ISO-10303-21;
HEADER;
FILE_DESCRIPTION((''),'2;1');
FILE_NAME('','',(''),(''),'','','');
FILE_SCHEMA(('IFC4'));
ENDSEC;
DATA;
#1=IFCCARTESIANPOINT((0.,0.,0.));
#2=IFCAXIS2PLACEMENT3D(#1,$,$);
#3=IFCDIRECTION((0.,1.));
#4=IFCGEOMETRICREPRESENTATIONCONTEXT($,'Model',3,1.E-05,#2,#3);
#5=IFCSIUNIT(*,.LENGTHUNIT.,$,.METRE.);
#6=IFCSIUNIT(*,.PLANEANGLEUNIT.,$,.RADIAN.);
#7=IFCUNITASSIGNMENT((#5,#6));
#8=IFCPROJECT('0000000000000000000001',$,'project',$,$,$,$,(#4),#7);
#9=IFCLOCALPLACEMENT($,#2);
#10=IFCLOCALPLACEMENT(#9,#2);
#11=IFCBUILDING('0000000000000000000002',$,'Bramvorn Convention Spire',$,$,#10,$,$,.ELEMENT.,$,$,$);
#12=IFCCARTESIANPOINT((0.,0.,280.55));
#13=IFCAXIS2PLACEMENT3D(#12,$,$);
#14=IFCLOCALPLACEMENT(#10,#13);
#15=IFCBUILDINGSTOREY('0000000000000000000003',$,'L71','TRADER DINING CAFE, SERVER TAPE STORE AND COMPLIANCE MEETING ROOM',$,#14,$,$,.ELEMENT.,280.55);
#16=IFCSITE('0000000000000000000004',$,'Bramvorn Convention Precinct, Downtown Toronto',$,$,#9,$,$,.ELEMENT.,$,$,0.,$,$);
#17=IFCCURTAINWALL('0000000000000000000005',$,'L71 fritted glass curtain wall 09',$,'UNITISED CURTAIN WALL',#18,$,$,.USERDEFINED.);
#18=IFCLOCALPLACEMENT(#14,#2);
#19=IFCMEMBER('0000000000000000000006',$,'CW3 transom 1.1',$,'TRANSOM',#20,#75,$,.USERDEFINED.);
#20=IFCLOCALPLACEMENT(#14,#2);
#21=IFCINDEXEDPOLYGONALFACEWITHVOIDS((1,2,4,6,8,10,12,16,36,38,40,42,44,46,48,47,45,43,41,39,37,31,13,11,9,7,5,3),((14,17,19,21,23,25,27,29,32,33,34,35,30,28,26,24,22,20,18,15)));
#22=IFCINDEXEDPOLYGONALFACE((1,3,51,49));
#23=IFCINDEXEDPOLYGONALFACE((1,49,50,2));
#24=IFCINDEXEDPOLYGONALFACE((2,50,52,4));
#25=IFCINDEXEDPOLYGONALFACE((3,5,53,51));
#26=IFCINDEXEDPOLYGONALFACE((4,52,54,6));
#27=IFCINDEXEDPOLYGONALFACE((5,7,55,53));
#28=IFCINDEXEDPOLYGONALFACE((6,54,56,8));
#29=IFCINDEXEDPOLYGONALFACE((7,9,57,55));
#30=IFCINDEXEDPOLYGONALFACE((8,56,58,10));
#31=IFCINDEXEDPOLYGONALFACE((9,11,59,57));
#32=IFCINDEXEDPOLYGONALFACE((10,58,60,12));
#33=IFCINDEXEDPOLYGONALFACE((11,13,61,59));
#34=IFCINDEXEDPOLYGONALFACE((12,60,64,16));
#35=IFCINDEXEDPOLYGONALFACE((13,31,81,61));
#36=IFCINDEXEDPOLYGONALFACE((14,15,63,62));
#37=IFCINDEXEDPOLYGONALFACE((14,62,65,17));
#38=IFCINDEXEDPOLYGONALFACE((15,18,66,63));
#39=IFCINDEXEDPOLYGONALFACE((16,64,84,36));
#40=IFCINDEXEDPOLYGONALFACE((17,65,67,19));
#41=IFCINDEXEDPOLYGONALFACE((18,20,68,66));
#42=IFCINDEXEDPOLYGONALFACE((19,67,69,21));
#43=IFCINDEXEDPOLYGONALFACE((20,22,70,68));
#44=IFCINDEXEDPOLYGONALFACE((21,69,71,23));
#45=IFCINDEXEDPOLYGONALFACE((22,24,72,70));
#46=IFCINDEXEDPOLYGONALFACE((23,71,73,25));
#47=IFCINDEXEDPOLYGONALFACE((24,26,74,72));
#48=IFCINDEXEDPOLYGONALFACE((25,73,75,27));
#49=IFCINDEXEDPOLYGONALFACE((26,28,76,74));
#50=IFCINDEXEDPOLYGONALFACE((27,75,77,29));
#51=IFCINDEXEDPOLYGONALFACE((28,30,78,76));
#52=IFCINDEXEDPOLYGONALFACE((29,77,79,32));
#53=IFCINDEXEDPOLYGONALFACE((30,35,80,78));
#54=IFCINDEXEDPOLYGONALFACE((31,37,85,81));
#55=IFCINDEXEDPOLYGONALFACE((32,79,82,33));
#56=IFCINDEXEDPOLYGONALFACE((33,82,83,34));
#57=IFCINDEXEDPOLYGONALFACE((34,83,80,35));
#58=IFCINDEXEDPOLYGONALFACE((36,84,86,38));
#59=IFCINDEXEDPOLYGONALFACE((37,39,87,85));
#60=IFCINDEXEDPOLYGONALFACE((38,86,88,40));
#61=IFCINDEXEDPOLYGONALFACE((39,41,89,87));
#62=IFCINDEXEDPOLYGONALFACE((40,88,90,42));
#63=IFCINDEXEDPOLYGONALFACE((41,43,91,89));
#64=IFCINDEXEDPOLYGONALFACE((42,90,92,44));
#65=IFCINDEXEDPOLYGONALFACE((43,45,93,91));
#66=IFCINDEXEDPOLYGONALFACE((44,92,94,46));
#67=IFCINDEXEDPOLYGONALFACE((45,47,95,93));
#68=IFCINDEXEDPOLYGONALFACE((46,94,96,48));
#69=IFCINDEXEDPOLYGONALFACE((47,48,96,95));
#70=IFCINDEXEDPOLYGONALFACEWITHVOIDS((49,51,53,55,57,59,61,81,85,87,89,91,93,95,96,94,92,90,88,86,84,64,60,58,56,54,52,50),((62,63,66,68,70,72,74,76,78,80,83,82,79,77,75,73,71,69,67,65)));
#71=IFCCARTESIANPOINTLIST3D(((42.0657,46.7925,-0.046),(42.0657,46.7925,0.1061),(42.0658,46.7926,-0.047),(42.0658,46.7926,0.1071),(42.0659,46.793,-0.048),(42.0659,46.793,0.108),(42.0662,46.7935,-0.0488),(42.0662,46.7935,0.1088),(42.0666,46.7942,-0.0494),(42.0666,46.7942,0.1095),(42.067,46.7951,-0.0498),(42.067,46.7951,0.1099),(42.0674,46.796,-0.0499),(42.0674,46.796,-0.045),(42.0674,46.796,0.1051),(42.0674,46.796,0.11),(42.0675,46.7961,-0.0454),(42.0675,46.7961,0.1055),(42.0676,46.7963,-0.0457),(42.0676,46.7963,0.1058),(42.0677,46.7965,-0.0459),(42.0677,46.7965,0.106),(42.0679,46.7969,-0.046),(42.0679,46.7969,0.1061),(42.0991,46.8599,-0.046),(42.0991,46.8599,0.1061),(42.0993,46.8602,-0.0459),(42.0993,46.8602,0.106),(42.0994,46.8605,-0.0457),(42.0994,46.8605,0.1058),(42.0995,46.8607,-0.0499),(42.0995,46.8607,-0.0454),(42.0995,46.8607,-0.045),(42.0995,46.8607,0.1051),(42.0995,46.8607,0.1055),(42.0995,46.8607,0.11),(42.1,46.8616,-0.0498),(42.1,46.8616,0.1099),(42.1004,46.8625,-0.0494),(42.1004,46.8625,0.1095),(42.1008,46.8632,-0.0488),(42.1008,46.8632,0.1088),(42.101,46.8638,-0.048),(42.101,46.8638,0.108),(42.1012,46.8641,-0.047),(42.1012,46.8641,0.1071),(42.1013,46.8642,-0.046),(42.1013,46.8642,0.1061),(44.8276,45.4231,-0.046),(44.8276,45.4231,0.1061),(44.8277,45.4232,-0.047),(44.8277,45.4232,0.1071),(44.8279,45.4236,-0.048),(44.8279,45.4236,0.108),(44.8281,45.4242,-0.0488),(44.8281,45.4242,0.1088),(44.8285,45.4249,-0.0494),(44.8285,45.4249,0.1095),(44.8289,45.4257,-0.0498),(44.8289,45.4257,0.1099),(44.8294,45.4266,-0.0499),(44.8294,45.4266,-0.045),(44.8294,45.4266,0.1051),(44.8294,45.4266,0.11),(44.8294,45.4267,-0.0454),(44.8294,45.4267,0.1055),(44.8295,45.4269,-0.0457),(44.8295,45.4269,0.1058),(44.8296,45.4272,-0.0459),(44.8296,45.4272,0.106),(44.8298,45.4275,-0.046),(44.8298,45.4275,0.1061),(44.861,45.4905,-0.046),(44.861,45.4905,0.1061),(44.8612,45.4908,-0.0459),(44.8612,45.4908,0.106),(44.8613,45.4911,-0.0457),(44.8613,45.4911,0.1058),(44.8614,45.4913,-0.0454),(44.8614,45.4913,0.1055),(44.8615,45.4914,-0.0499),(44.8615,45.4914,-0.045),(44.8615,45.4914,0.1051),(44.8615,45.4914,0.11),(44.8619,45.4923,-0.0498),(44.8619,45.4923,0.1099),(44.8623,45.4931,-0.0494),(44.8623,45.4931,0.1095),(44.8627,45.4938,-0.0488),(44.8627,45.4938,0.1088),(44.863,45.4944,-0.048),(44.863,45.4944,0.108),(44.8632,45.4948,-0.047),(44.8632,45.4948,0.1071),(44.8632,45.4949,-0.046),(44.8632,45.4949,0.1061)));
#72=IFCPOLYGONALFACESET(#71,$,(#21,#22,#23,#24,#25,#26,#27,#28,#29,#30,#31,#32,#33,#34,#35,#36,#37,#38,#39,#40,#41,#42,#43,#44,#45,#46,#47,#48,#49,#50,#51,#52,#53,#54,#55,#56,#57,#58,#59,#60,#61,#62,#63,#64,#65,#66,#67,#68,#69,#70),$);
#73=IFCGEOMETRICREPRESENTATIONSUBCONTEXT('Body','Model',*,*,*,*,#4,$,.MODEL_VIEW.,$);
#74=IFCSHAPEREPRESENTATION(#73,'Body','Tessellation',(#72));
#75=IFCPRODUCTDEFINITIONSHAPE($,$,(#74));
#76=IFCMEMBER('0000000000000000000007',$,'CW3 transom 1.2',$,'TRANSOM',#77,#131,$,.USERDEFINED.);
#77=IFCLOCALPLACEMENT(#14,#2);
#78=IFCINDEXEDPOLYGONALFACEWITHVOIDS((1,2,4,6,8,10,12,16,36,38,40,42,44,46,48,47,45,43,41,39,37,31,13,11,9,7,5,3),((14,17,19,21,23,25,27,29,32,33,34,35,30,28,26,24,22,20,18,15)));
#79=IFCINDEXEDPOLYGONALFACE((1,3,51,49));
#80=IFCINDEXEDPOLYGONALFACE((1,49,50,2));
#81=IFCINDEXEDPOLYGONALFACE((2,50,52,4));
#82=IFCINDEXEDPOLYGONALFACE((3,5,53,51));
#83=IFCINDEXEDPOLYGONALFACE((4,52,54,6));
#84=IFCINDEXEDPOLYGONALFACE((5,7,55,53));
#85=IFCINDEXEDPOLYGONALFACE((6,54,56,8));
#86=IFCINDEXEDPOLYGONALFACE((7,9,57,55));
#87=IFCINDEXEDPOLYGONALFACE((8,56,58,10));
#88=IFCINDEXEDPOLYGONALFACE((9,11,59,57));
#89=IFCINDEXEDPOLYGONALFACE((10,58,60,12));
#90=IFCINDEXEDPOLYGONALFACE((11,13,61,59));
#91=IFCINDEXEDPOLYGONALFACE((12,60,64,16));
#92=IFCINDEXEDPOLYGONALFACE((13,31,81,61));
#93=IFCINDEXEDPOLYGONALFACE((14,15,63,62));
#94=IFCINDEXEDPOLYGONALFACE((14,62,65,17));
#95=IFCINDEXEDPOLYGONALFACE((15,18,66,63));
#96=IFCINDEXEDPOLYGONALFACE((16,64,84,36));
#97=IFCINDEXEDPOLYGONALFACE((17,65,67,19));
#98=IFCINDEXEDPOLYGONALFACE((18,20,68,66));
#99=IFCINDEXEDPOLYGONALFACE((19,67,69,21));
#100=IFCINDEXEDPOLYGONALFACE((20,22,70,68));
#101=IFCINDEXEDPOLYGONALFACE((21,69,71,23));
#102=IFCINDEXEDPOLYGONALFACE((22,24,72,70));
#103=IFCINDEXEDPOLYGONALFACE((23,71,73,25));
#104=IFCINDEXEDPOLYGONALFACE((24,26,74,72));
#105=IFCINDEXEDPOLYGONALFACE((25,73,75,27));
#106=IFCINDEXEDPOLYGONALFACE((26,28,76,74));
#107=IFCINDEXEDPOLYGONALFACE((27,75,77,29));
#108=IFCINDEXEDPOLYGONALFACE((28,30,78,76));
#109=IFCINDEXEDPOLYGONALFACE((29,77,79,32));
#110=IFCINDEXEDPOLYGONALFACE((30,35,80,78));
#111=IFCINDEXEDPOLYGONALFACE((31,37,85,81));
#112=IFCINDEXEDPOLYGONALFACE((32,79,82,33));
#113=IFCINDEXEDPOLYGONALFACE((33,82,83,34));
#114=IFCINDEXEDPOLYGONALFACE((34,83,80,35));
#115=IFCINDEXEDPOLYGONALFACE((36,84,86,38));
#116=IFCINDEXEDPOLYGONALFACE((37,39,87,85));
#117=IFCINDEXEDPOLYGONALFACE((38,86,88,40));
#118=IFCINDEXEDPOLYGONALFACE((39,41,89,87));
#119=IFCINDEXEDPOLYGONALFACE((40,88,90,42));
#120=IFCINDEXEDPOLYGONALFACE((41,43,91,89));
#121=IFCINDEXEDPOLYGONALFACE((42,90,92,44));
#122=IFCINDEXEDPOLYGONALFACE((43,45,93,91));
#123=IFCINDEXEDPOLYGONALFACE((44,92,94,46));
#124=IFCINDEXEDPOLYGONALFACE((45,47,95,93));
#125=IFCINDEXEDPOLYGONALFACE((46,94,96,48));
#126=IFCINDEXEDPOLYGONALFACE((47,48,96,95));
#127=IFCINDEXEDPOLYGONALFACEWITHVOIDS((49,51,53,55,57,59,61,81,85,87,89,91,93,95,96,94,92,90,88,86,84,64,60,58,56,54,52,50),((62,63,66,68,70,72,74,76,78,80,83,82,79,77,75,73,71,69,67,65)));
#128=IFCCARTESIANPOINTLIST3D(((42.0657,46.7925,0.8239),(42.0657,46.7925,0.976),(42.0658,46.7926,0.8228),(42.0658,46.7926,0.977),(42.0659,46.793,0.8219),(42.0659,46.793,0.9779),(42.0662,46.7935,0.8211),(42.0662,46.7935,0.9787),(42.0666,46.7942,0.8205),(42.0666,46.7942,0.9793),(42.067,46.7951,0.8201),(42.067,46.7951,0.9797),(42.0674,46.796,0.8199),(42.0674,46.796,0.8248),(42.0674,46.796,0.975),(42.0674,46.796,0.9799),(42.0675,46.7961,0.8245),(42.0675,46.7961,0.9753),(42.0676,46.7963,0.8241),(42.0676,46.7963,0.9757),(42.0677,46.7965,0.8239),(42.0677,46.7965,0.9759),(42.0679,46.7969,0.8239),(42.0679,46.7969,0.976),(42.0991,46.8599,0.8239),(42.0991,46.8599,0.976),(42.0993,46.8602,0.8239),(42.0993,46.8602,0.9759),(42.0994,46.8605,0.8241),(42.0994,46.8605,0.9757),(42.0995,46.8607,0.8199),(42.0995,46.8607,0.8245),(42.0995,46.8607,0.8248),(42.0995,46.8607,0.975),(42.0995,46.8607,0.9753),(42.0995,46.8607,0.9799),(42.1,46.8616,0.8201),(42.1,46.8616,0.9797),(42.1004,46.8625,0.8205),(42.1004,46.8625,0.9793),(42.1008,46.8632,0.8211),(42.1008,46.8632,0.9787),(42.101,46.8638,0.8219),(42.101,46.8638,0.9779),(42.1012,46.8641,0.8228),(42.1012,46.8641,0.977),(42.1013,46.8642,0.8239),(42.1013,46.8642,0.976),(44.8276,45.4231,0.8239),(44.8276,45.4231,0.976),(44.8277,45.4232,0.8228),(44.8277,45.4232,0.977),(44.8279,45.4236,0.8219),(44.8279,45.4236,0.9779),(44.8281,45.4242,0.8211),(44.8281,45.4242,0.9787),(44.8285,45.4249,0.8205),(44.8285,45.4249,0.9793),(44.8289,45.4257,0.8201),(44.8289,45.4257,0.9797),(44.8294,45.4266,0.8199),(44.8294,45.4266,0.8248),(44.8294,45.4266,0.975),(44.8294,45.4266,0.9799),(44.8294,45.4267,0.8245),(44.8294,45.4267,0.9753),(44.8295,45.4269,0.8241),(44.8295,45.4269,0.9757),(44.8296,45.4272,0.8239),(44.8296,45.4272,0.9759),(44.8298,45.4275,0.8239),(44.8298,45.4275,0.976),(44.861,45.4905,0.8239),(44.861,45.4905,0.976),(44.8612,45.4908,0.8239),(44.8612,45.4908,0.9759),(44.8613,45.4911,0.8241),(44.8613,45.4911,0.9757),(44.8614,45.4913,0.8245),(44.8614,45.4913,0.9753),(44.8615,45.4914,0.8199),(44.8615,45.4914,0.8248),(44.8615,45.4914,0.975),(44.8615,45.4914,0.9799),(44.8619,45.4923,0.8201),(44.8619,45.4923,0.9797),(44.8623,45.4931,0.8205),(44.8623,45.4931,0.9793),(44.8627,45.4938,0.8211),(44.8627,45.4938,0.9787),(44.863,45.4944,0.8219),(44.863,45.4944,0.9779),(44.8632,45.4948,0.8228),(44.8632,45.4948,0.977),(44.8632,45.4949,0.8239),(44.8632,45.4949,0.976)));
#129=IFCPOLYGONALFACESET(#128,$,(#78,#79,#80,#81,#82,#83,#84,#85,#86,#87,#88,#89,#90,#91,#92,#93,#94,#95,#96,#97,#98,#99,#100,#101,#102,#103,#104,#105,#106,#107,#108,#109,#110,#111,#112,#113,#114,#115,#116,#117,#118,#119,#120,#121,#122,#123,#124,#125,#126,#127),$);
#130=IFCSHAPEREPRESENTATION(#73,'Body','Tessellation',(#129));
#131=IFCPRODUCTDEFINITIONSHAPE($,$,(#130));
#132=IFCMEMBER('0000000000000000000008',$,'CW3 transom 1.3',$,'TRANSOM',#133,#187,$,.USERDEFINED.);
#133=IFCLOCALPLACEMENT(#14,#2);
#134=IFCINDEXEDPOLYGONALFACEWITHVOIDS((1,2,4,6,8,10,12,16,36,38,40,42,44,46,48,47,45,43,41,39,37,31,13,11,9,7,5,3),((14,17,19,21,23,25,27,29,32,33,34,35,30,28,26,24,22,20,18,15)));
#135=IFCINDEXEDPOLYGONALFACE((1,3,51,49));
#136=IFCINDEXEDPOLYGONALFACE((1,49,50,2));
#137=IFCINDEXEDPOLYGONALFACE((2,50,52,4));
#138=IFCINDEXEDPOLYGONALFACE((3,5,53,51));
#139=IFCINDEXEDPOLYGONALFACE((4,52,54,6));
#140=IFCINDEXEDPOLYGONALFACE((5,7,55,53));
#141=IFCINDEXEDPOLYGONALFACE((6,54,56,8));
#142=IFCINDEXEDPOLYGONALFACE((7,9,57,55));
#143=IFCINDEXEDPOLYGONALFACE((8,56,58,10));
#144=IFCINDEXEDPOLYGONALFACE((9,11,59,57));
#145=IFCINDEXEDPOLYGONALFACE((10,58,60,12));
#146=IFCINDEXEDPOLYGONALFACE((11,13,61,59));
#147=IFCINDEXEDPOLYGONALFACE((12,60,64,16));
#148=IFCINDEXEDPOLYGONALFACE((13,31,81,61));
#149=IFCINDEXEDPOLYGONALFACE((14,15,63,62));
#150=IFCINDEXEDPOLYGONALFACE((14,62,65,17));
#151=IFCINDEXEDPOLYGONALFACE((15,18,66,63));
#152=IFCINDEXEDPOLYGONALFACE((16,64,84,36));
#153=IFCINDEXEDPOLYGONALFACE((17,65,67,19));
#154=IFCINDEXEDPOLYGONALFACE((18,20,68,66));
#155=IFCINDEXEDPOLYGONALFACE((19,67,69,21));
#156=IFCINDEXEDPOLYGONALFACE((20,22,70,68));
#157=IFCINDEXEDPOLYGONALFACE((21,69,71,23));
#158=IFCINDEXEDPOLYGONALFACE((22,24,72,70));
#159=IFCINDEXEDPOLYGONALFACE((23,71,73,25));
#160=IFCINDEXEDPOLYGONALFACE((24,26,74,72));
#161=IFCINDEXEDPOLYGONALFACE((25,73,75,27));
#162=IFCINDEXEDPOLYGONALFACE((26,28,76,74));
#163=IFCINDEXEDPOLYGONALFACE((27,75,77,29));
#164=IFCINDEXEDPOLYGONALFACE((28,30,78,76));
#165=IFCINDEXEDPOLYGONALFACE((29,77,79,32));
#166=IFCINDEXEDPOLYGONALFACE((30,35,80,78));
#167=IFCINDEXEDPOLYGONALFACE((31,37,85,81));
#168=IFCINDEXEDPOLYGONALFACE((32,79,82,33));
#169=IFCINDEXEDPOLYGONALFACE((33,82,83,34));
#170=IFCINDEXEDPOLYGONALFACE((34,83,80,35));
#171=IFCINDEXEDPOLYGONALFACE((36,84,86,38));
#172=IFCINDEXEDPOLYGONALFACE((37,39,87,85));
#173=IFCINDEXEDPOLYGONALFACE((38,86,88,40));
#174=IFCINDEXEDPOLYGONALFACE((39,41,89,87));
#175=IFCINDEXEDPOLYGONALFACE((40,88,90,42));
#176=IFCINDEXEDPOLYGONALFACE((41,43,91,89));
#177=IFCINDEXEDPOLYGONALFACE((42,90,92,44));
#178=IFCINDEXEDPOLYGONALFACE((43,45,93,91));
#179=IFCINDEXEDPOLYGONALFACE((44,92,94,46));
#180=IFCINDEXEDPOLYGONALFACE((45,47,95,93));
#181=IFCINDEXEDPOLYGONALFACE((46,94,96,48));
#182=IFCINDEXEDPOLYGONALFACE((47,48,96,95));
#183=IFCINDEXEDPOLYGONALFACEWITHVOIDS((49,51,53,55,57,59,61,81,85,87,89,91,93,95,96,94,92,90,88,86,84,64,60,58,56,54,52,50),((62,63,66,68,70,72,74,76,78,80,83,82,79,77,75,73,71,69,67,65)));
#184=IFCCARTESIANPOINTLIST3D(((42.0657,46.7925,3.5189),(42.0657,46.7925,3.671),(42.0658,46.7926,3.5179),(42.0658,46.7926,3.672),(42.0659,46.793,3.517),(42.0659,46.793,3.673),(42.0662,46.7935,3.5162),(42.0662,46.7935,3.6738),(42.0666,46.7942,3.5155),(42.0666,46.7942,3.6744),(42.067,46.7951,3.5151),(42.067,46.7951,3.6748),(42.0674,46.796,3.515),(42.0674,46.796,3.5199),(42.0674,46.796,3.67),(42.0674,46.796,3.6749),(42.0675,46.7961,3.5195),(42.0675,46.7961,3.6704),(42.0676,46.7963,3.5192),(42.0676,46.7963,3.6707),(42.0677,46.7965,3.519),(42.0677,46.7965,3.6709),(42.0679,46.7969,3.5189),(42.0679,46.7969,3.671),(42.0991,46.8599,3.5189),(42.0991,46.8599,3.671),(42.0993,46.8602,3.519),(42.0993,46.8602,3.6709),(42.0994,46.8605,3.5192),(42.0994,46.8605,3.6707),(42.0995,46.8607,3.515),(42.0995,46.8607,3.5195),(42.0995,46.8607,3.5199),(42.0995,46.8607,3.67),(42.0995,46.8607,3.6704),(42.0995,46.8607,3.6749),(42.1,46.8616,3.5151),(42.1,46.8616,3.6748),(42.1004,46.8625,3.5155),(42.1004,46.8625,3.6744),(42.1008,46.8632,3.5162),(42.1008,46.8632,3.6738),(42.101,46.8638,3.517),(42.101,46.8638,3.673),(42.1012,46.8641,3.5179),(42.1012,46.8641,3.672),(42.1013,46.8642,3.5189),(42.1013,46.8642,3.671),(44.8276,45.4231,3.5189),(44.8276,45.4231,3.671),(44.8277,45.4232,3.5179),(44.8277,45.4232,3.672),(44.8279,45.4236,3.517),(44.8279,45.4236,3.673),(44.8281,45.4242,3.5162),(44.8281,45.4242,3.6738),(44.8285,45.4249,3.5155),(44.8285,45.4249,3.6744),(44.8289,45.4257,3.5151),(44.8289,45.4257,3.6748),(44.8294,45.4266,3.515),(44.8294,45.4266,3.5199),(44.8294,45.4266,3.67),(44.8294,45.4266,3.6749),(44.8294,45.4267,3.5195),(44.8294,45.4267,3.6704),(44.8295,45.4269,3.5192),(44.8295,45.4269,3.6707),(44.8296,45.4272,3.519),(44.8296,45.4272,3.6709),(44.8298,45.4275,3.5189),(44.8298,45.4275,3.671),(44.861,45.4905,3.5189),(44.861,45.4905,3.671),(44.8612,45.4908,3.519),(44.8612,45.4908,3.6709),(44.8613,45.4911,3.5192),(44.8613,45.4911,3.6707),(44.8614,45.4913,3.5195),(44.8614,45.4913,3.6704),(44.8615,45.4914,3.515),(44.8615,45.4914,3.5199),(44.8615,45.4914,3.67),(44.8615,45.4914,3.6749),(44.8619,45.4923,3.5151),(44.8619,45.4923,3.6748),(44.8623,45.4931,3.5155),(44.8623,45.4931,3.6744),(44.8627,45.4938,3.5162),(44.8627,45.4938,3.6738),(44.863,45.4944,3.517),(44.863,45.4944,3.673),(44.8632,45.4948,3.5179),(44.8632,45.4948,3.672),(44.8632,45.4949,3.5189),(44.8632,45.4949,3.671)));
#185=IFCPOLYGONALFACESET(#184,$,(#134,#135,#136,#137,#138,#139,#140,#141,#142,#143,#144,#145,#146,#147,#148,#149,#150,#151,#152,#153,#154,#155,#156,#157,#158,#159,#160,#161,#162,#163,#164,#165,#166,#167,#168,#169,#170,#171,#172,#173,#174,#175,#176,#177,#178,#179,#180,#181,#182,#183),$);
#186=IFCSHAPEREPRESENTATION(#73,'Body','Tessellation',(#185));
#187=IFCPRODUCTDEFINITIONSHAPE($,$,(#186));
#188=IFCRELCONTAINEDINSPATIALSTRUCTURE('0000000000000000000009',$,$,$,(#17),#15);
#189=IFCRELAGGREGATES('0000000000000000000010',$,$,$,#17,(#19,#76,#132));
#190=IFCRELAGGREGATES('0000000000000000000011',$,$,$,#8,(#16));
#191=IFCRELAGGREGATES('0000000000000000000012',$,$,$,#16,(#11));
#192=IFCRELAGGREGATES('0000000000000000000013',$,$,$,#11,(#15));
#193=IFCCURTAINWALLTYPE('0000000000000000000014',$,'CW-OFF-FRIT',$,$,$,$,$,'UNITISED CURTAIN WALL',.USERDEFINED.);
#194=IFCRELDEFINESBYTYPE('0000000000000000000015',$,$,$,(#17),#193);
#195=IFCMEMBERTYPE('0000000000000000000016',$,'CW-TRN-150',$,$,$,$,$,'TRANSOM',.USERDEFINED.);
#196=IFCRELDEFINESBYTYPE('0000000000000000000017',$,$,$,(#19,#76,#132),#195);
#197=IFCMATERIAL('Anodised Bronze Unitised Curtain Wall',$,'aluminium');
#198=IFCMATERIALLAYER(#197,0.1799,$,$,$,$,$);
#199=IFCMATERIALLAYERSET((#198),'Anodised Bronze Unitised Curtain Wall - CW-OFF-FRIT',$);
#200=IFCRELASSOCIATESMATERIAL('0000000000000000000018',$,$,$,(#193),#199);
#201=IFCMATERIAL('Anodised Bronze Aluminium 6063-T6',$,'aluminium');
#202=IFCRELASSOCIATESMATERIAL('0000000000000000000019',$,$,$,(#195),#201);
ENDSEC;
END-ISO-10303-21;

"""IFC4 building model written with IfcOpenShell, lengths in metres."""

from ifc_helpers import new_model, si_unit, direction, frame, origin, origin_2d, place, context, subcontext, project, spatial, hollow_rectangle, extrude, material, layer, layer_set, material_profile, profile_set, type_object, element, aggregate, save


model = new_model("IFC4")

# Units and contexts
model_context = context("Model", 3, precision=1e-05, world=origin(), true_north=direction((0.0, 1.0)))
body_context = subcontext(model_context, "Body", "Model", "MODEL_VIEW")
ifc_project = project(units=[si_unit("LENGTHUNIT", "METRE"), si_unit("PLANEANGLEUNIT", "RADIAN")], contexts=[model_context])

# Site, building, storey
site_placement = place(None, origin())
site = spatial("IfcSite", under=ifc_project, at=site_placement, Name="Bramvorn Convention Precinct, Downtown Toronto", CompositionType="ELEMENT", RefElevation=0.0)
building_placement = place(site_placement, origin())
building = spatial("IfcBuilding", under=site, at=building_placement, Name="Bramvorn Convention Spire", CompositionType="ELEMENT")
storey_placement = place(building_placement, frame((0.0, 0.0, 280.55)))
storey = spatial("IfcBuildingStorey", under=building, at=storey_placement, Name="L71", Description="TRADER DINING CAFE, SERVER TAPE STORE AND COMPLIANCE MEETING ROOM", CompositionType="ELEMENT", Elevation=280.55)

# Curtain wall
ifc_material_1 = material(Name="Anodised Bronze Unitised Curtain Wall", Category="aluminium")
ifc_layer_1 = layer(ifc_material_1, 0.1799)
ifc_layer_set_1 = layer_set([ifc_layer_1], Name="Anodised Bronze Unitised Curtain Wall - CW-OFF-FRIT")
curtain_wall_type = type_object("IfcCurtainWallType", Name="CW-OFF-FRIT", ElementType="UNITISED CURTAIN WALL", PredefinedType="USERDEFINED", material=ifc_layer_set_1)
curtain_wall_1_placement = place(storey_placement, origin())
curtain_wall_1 = element("IfcCurtainWall", 1, at=curtain_wall_1_placement, inside=storey, type_object=curtain_wall_type, Name="L71 fritted glass curtain wall 09", ObjectType="UNITISED CURTAIN WALL", PredefinedType="USERDEFINED")
ifc_material_2 = material(Name="Anodised Bronze Aluminium 6063-T6", Category="aluminium")

# Members
ifc_material_profile_1 = material_profile(ifc_material_2, hollow_rectangle(XDim=0.0801, YDim=0.1599, WallThickness=0.0039, InnerFilletRadius=0.001, OuterFilletRadius=0.0039, at=origin_2d()))
ifc_profile_set_1 = profile_set([ifc_material_profile_1], Name="Anodised Bronze Aluminium 6063-T6 - CWT80X160")
member_type_1 = type_object("IfcMemberType", Name="CW-TRN-150", ElementType="TRANSOM", PredefinedType="USERDEFINED", material=ifc_profile_set_1)
member_1_placement = place(storey_placement, frame((42.0835, 46.8284, 0.03), z_axis=(0.895927, -0.444202, 0.0), x_axis=(0.444202, 0.895927, 0.0)))
member_1 = element("IfcMember", 2, at=member_1_placement, type_object=member_type_1, Name="CW3 transom 1.1", ObjectType="TRANSOM", PredefinedType="USERDEFINED", context=body_context, shape_type="SweptSolid", body=[
    extrude(hollow_rectangle(XDim=0.0801, YDim=0.1599, WallThickness=0.0039, InnerFilletRadius=0.001, OuterFilletRadius=0.0039, at=origin_2d()), origin(), (0.0, 0.0, 1.0), 3.0828),
])
member_2_placement = place(storey_placement, frame((42.0835, 46.8284, 0.8999), z_axis=(0.895927, -0.444202, 0.0), x_axis=(0.444202, 0.895927, 0.0)))
member_2 = element("IfcMember", 3, at=member_2_placement, type_object=member_type_1, Name="CW3 transom 1.2", ObjectType="TRANSOM", PredefinedType="USERDEFINED", context=body_context, shape_type="SweptSolid", body=[
    extrude(hollow_rectangle(XDim=0.0801, YDim=0.1599, WallThickness=0.0039, InnerFilletRadius=0.001, OuterFilletRadius=0.0039, at=origin_2d()), origin(), (0.0, 0.0, 1.0), 3.0828),
])
member_3_placement = place(storey_placement, frame((42.0835, 46.8284, 3.595), z_axis=(0.895927, -0.444202, 0.0), x_axis=(0.444202, 0.895927, 0.0)))
member_3 = element("IfcMember", 4, at=member_3_placement, type_object=member_type_1, Name="CW3 transom 1.3", ObjectType="TRANSOM", PredefinedType="USERDEFINED", context=body_context, shape_type="SweptSolid", body=[
    extrude(hollow_rectangle(XDim=0.0801, YDim=0.1599, WallThickness=0.0039, InnerFilletRadius=0.001, OuterFilletRadius=0.0039, at=origin_2d()), origin(), (0.0, 0.0, 1.0), 3.0828),
])

aggregate(curtain_wall_1, [member_1, member_2, member_3])

save(model, "model.ifc")
